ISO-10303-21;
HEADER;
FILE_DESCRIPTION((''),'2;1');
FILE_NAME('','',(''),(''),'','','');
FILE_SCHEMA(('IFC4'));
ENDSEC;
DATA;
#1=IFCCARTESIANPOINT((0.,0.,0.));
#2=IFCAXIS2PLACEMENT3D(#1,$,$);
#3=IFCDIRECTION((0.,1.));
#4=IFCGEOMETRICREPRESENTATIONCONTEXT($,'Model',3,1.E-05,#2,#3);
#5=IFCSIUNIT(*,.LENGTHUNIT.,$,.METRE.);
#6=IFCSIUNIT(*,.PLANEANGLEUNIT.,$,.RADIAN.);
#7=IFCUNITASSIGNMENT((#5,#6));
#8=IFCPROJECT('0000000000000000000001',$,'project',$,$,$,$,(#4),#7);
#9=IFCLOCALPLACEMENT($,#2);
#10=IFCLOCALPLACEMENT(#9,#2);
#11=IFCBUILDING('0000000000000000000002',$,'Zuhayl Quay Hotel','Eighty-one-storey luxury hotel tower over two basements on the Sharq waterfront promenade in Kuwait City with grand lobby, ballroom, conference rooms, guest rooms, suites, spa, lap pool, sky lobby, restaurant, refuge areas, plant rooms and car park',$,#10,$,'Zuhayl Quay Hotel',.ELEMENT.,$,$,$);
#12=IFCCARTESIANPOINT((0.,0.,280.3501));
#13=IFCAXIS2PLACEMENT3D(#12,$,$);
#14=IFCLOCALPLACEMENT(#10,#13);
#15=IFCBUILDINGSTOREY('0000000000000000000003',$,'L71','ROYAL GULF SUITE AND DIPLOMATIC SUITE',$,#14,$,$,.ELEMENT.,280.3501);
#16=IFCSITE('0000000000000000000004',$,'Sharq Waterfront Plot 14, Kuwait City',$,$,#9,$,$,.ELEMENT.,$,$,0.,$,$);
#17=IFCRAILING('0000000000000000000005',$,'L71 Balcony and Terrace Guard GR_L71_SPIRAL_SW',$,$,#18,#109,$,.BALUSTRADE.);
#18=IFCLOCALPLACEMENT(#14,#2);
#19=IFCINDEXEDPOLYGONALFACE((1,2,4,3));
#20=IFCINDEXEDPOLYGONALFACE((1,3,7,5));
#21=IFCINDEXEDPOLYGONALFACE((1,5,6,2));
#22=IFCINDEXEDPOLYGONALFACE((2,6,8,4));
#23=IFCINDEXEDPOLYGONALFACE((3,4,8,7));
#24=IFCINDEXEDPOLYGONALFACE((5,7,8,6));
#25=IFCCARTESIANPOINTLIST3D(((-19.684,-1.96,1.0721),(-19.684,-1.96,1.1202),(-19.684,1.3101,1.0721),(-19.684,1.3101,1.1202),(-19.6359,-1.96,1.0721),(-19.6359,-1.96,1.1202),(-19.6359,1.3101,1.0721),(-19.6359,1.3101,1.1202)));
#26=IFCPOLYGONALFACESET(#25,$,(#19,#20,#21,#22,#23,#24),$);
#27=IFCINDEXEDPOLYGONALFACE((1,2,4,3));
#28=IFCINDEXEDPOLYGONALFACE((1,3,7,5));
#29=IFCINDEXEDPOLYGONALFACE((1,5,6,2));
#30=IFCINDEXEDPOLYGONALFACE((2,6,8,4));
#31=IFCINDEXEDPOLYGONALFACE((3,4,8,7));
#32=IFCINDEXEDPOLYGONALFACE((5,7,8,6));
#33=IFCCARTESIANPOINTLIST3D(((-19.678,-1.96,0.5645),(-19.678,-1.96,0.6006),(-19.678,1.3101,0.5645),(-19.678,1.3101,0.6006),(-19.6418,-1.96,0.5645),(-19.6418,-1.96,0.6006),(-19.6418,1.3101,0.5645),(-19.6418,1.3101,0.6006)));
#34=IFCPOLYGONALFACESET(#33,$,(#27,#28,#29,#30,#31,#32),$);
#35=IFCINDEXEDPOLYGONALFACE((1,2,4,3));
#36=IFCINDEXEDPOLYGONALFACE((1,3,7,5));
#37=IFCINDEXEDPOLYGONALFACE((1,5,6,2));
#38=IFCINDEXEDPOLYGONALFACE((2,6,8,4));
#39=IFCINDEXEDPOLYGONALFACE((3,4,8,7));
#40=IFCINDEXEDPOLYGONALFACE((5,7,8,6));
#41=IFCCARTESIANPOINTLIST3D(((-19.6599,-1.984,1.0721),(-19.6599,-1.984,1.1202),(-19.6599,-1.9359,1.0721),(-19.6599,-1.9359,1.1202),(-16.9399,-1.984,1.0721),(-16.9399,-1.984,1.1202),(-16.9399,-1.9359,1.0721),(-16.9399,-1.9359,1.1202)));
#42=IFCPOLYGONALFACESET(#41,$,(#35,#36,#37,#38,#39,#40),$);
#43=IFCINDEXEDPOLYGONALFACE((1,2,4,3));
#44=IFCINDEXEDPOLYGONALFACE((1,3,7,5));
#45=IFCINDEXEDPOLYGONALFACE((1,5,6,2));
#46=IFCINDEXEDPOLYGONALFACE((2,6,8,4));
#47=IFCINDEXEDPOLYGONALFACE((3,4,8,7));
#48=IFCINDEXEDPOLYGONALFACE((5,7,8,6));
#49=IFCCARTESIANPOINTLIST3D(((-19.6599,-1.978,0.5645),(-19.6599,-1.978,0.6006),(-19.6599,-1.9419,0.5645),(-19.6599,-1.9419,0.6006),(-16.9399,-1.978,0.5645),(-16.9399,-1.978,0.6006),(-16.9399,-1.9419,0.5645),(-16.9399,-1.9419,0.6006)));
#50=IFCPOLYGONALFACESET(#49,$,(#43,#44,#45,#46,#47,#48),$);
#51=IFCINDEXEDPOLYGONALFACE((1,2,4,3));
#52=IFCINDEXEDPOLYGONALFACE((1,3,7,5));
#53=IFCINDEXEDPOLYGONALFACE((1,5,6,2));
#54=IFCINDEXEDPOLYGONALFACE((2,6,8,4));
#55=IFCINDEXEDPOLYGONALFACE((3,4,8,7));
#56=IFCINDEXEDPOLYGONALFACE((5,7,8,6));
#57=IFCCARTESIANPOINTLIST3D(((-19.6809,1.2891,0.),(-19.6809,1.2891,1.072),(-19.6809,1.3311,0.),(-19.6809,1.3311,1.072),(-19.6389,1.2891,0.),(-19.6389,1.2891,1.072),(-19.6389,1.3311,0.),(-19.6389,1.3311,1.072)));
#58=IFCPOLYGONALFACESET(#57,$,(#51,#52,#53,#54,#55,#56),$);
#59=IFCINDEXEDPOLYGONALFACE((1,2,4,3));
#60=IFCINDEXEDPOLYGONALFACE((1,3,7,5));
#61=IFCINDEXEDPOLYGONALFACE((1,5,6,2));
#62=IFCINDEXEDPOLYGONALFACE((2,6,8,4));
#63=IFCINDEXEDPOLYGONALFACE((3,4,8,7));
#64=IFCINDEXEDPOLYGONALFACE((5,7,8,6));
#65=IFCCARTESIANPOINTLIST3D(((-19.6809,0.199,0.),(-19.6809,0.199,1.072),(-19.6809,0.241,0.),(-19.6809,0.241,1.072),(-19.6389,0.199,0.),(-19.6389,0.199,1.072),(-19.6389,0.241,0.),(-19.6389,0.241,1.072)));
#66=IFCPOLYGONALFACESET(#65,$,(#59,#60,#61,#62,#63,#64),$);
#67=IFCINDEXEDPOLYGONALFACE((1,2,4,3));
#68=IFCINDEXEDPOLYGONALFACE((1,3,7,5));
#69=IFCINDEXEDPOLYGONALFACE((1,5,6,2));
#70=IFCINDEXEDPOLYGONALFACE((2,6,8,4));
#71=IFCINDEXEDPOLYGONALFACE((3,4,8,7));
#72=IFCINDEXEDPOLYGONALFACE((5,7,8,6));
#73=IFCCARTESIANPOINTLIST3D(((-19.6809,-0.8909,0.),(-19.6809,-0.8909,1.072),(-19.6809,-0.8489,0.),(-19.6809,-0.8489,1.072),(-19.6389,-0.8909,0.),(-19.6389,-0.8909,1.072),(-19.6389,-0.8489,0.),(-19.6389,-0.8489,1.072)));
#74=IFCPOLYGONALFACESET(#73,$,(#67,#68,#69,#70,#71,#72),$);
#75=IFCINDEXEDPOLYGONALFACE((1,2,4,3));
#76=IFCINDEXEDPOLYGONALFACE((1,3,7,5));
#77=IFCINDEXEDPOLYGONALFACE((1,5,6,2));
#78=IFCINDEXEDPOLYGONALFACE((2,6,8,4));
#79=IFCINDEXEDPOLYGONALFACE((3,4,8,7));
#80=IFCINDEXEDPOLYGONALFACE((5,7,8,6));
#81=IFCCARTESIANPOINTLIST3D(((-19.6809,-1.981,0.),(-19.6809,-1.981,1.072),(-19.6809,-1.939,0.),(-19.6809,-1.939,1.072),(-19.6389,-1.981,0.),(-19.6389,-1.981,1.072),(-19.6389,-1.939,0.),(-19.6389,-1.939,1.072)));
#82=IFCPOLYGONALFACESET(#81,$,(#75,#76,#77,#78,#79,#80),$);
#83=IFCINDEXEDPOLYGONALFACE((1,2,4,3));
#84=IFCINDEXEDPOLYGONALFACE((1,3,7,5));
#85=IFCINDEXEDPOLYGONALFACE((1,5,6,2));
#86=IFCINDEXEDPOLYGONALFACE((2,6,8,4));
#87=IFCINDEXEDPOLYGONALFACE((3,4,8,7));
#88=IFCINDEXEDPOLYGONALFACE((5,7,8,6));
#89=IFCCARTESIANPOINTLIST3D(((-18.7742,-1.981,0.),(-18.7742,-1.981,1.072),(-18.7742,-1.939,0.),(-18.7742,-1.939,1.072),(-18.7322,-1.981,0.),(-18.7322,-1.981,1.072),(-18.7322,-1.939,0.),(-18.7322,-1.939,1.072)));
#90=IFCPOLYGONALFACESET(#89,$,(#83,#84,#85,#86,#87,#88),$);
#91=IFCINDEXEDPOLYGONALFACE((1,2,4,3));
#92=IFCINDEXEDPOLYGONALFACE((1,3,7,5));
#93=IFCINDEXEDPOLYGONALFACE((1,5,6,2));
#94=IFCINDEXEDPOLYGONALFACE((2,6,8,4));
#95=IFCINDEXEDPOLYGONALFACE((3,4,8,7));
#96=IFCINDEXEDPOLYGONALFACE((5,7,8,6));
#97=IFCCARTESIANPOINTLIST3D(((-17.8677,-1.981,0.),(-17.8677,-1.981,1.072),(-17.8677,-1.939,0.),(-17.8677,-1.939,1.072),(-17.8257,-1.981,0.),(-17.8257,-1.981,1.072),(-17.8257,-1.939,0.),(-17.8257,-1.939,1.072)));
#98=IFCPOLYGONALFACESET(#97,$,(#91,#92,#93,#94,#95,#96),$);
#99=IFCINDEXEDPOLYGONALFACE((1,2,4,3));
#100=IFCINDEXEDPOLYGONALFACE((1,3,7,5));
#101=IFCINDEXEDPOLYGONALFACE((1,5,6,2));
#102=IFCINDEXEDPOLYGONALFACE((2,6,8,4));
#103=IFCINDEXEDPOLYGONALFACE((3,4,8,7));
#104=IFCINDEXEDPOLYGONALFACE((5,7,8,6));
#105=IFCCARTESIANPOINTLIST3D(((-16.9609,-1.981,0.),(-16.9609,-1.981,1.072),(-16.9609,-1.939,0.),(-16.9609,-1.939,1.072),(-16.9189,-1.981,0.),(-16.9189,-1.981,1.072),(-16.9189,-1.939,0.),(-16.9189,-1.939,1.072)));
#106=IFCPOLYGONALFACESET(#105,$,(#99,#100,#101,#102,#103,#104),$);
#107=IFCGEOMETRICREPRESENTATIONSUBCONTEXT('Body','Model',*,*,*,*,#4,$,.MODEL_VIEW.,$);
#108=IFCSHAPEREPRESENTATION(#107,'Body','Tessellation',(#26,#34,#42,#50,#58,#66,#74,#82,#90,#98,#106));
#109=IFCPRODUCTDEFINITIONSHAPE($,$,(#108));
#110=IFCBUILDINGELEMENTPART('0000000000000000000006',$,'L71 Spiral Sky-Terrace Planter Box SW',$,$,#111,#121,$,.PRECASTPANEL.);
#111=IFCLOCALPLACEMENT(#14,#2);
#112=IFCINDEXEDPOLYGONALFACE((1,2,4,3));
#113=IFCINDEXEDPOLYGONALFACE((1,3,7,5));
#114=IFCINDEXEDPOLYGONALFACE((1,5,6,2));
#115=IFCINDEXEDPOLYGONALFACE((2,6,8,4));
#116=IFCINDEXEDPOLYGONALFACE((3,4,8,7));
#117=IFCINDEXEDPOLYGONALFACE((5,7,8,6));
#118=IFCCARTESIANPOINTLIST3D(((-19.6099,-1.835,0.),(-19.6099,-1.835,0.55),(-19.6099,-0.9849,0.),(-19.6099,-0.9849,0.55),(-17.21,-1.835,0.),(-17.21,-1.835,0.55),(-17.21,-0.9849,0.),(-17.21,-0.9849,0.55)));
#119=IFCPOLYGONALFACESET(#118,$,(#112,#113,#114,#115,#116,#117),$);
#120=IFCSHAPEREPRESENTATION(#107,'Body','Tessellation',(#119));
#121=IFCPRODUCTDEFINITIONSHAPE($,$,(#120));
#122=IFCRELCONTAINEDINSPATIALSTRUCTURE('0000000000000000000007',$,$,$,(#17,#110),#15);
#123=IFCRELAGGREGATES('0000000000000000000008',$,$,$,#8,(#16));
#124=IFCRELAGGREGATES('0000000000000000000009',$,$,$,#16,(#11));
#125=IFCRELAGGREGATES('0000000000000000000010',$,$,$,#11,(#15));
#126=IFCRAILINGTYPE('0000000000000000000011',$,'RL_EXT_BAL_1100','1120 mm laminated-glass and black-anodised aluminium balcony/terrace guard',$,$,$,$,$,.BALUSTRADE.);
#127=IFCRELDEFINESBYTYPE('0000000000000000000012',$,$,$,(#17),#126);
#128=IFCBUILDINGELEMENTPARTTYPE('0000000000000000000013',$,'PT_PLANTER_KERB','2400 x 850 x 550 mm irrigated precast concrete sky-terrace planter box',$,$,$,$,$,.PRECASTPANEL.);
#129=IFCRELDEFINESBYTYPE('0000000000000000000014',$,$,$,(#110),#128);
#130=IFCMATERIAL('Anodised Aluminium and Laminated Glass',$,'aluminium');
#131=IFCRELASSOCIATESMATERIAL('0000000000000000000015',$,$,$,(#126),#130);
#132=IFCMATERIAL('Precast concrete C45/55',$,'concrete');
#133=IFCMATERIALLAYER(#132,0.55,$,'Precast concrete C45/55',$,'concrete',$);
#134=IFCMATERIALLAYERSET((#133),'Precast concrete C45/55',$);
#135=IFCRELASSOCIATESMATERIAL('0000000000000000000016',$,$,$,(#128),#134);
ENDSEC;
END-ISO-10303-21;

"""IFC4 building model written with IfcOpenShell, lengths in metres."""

from ifc_helpers import new_model, si_unit, direction, frame, origin, origin_2d, place, context, subcontext, project, spatial, rectangle, extrude, material, layer, layer_set, type_object, element, save


model = new_model("IFC4")

# Units and contexts
model_context = context("Model", 3, precision=1e-05, world=origin(), true_north=direction((0.0, 1.0)))
body_context = subcontext(model_context, "Body", "Model", "MODEL_VIEW")
ifc_project = project(units=[si_unit("LENGTHUNIT", "METRE"), si_unit("PLANEANGLEUNIT", "RADIAN")], contexts=[model_context])

# Site, building, storey
site_placement = place(None, origin())
site = spatial("IfcSite", under=ifc_project, at=site_placement, Name="Sharq Waterfront Plot 14, Kuwait City", CompositionType="ELEMENT", RefElevation=0.0)
building_placement = place(site_placement, origin())
building = spatial("IfcBuilding", under=site, at=building_placement, Name="Zuhayl Quay Hotel", Description="Eighty-one-storey luxury hotel tower over two basements on the Sharq waterfront promenade in Kuwait City with grand lobby, ballroom, conference rooms, guest rooms, suites, spa, lap pool, sky lobby, restaurant, refuge areas, plant rooms and car park", LongName="Zuhayl Quay Hotel", CompositionType="ELEMENT")
storey_placement = place(building_placement, frame((0.0, 0.0, 280.3501)))
storey = spatial("IfcBuildingStorey", under=building, at=storey_placement, Name="L71", Description="ROYAL GULF SUITE AND DIPLOMATIC SUITE", CompositionType="ELEMENT", Elevation=280.3501)

# Shared definitions
ifc_material_1 = material(Name="Precast concrete C45/55", Category="concrete")

# Railing
ifc_material_2 = material(Name="Anodised Aluminium and Laminated Glass", Category="aluminium")
railing_type = type_object("IfcRailingType", Name="RL_EXT_BAL_1100", Description="1120 mm laminated-glass and black-anodised aluminium balcony/terrace guard", PredefinedType="BALUSTRADE", material=ifc_material_2)
railing_1_placement = place(storey_placement, frame((-19.6599, 1.3101, 0.0)))
element("IfcRailing", 1, at=railing_1_placement, inside=storey, type_object=railing_type, Name="L71 Balcony and Terrace Guard GR_L71_SPIRAL_SW", PredefinedType="BALUSTRADE", context=body_context, shape_type="SweptSolid", body=[
    extrude(rectangle(XDim=0.0481, YDim=0.0481, at=origin_2d()), frame((0.0, 0.0, 1.0962), z_axis=(0.0, -1.0, 0.0), x_axis=(1.0, 0.0, 0.0)), (0.0, 0.0, 1.0), 3.27),
    extrude(rectangle(XDim=0.0361, YDim=0.0361, at=origin_2d()), frame((0.0, 0.0, 0.5825), z_axis=(0.0, -1.0, 0.0), x_axis=(1.0, 0.0, 0.0)), (0.0, 0.0, 1.0), 3.27),
    extrude(rectangle(XDim=0.0481, YDim=0.0481, at=origin_2d()), frame((0.0, -3.27, 1.0962), z_axis=(1.0, 0.0, 0.0), x_axis=(0.0, 1.0, 0.0)), (0.0, 0.0, 1.0), 2.72),
    extrude(rectangle(XDim=0.0361, YDim=0.0361, at=origin_2d()), frame((0.0, -3.27, 0.5825), z_axis=(1.0, 0.0, 0.0), x_axis=(0.0, 1.0, 0.0)), (0.0, 0.0, 1.0), 2.72),
    extrude(rectangle(XDim=0.042, YDim=0.042, at=origin_2d()), origin(), (0.0, 0.0, 1.0), 1.072),
    extrude(rectangle(XDim=0.042, YDim=0.042, at=origin_2d()), frame((0.0, -1.0901, 0.0)), (0.0, 0.0, 1.0), 1.072),
    extrude(rectangle(XDim=0.042, YDim=0.042, at=origin_2d()), frame((0.0, -2.1799, 0.0)), (0.0, 0.0, 1.0), 1.072),
    extrude(rectangle(XDim=0.042, YDim=0.042, at=origin_2d()), frame((0.0, -3.27, 0.0)), (0.0, 0.0, 1.0), 1.072),
    extrude(rectangle(XDim=0.042, YDim=0.042, at=origin_2d()), frame((0.9067, -3.27, 0.0)), (0.0, 0.0, 1.0), 1.072),
    extrude(rectangle(XDim=0.042, YDim=0.042, at=origin_2d()), frame((1.8132, -3.27, 0.0)), (0.0, 0.0, 1.0), 1.072),
    extrude(rectangle(XDim=0.042, YDim=0.042, at=origin_2d()), frame((2.72, -3.27, 0.0)), (0.0, 0.0, 1.0), 1.072),
])

# Building element part
ifc_layer_1 = layer(ifc_material_1, 0.55, Name="Precast concrete C45/55", Category="concrete")
ifc_layer_set_1 = layer_set([ifc_layer_1], Name="Precast concrete C45/55")
building_element_part_type = type_object("IfcBuildingElementPartType", Name="PT_PLANTER_KERB", Description="2400 x 850 x 550 mm irrigated precast concrete sky-terrace planter box", PredefinedType="PRECASTPANEL", material=ifc_layer_set_1)
building_element_part_placement = place(storey_placement, frame((-18.4099, -1.4099, 0.0), z_axis=(0.0, 0.0, 1.0), x_axis=(1.0, 0.0, 0.0)))
element("IfcBuildingElementPart", 2, at=building_element_part_placement, inside=storey, type_object=building_element_part_type, Name="L71 Spiral Sky-Terrace Planter Box SW", PredefinedType="PRECASTPANEL", context=body_context, shape_type="SweptSolid", body=[
    extrude(rectangle(XDim=2.3999, YDim=0.8501, at=origin_2d()), origin(), (0.0, 0.0, 1.0), 0.55),
])

save(model, "model.ifc")
